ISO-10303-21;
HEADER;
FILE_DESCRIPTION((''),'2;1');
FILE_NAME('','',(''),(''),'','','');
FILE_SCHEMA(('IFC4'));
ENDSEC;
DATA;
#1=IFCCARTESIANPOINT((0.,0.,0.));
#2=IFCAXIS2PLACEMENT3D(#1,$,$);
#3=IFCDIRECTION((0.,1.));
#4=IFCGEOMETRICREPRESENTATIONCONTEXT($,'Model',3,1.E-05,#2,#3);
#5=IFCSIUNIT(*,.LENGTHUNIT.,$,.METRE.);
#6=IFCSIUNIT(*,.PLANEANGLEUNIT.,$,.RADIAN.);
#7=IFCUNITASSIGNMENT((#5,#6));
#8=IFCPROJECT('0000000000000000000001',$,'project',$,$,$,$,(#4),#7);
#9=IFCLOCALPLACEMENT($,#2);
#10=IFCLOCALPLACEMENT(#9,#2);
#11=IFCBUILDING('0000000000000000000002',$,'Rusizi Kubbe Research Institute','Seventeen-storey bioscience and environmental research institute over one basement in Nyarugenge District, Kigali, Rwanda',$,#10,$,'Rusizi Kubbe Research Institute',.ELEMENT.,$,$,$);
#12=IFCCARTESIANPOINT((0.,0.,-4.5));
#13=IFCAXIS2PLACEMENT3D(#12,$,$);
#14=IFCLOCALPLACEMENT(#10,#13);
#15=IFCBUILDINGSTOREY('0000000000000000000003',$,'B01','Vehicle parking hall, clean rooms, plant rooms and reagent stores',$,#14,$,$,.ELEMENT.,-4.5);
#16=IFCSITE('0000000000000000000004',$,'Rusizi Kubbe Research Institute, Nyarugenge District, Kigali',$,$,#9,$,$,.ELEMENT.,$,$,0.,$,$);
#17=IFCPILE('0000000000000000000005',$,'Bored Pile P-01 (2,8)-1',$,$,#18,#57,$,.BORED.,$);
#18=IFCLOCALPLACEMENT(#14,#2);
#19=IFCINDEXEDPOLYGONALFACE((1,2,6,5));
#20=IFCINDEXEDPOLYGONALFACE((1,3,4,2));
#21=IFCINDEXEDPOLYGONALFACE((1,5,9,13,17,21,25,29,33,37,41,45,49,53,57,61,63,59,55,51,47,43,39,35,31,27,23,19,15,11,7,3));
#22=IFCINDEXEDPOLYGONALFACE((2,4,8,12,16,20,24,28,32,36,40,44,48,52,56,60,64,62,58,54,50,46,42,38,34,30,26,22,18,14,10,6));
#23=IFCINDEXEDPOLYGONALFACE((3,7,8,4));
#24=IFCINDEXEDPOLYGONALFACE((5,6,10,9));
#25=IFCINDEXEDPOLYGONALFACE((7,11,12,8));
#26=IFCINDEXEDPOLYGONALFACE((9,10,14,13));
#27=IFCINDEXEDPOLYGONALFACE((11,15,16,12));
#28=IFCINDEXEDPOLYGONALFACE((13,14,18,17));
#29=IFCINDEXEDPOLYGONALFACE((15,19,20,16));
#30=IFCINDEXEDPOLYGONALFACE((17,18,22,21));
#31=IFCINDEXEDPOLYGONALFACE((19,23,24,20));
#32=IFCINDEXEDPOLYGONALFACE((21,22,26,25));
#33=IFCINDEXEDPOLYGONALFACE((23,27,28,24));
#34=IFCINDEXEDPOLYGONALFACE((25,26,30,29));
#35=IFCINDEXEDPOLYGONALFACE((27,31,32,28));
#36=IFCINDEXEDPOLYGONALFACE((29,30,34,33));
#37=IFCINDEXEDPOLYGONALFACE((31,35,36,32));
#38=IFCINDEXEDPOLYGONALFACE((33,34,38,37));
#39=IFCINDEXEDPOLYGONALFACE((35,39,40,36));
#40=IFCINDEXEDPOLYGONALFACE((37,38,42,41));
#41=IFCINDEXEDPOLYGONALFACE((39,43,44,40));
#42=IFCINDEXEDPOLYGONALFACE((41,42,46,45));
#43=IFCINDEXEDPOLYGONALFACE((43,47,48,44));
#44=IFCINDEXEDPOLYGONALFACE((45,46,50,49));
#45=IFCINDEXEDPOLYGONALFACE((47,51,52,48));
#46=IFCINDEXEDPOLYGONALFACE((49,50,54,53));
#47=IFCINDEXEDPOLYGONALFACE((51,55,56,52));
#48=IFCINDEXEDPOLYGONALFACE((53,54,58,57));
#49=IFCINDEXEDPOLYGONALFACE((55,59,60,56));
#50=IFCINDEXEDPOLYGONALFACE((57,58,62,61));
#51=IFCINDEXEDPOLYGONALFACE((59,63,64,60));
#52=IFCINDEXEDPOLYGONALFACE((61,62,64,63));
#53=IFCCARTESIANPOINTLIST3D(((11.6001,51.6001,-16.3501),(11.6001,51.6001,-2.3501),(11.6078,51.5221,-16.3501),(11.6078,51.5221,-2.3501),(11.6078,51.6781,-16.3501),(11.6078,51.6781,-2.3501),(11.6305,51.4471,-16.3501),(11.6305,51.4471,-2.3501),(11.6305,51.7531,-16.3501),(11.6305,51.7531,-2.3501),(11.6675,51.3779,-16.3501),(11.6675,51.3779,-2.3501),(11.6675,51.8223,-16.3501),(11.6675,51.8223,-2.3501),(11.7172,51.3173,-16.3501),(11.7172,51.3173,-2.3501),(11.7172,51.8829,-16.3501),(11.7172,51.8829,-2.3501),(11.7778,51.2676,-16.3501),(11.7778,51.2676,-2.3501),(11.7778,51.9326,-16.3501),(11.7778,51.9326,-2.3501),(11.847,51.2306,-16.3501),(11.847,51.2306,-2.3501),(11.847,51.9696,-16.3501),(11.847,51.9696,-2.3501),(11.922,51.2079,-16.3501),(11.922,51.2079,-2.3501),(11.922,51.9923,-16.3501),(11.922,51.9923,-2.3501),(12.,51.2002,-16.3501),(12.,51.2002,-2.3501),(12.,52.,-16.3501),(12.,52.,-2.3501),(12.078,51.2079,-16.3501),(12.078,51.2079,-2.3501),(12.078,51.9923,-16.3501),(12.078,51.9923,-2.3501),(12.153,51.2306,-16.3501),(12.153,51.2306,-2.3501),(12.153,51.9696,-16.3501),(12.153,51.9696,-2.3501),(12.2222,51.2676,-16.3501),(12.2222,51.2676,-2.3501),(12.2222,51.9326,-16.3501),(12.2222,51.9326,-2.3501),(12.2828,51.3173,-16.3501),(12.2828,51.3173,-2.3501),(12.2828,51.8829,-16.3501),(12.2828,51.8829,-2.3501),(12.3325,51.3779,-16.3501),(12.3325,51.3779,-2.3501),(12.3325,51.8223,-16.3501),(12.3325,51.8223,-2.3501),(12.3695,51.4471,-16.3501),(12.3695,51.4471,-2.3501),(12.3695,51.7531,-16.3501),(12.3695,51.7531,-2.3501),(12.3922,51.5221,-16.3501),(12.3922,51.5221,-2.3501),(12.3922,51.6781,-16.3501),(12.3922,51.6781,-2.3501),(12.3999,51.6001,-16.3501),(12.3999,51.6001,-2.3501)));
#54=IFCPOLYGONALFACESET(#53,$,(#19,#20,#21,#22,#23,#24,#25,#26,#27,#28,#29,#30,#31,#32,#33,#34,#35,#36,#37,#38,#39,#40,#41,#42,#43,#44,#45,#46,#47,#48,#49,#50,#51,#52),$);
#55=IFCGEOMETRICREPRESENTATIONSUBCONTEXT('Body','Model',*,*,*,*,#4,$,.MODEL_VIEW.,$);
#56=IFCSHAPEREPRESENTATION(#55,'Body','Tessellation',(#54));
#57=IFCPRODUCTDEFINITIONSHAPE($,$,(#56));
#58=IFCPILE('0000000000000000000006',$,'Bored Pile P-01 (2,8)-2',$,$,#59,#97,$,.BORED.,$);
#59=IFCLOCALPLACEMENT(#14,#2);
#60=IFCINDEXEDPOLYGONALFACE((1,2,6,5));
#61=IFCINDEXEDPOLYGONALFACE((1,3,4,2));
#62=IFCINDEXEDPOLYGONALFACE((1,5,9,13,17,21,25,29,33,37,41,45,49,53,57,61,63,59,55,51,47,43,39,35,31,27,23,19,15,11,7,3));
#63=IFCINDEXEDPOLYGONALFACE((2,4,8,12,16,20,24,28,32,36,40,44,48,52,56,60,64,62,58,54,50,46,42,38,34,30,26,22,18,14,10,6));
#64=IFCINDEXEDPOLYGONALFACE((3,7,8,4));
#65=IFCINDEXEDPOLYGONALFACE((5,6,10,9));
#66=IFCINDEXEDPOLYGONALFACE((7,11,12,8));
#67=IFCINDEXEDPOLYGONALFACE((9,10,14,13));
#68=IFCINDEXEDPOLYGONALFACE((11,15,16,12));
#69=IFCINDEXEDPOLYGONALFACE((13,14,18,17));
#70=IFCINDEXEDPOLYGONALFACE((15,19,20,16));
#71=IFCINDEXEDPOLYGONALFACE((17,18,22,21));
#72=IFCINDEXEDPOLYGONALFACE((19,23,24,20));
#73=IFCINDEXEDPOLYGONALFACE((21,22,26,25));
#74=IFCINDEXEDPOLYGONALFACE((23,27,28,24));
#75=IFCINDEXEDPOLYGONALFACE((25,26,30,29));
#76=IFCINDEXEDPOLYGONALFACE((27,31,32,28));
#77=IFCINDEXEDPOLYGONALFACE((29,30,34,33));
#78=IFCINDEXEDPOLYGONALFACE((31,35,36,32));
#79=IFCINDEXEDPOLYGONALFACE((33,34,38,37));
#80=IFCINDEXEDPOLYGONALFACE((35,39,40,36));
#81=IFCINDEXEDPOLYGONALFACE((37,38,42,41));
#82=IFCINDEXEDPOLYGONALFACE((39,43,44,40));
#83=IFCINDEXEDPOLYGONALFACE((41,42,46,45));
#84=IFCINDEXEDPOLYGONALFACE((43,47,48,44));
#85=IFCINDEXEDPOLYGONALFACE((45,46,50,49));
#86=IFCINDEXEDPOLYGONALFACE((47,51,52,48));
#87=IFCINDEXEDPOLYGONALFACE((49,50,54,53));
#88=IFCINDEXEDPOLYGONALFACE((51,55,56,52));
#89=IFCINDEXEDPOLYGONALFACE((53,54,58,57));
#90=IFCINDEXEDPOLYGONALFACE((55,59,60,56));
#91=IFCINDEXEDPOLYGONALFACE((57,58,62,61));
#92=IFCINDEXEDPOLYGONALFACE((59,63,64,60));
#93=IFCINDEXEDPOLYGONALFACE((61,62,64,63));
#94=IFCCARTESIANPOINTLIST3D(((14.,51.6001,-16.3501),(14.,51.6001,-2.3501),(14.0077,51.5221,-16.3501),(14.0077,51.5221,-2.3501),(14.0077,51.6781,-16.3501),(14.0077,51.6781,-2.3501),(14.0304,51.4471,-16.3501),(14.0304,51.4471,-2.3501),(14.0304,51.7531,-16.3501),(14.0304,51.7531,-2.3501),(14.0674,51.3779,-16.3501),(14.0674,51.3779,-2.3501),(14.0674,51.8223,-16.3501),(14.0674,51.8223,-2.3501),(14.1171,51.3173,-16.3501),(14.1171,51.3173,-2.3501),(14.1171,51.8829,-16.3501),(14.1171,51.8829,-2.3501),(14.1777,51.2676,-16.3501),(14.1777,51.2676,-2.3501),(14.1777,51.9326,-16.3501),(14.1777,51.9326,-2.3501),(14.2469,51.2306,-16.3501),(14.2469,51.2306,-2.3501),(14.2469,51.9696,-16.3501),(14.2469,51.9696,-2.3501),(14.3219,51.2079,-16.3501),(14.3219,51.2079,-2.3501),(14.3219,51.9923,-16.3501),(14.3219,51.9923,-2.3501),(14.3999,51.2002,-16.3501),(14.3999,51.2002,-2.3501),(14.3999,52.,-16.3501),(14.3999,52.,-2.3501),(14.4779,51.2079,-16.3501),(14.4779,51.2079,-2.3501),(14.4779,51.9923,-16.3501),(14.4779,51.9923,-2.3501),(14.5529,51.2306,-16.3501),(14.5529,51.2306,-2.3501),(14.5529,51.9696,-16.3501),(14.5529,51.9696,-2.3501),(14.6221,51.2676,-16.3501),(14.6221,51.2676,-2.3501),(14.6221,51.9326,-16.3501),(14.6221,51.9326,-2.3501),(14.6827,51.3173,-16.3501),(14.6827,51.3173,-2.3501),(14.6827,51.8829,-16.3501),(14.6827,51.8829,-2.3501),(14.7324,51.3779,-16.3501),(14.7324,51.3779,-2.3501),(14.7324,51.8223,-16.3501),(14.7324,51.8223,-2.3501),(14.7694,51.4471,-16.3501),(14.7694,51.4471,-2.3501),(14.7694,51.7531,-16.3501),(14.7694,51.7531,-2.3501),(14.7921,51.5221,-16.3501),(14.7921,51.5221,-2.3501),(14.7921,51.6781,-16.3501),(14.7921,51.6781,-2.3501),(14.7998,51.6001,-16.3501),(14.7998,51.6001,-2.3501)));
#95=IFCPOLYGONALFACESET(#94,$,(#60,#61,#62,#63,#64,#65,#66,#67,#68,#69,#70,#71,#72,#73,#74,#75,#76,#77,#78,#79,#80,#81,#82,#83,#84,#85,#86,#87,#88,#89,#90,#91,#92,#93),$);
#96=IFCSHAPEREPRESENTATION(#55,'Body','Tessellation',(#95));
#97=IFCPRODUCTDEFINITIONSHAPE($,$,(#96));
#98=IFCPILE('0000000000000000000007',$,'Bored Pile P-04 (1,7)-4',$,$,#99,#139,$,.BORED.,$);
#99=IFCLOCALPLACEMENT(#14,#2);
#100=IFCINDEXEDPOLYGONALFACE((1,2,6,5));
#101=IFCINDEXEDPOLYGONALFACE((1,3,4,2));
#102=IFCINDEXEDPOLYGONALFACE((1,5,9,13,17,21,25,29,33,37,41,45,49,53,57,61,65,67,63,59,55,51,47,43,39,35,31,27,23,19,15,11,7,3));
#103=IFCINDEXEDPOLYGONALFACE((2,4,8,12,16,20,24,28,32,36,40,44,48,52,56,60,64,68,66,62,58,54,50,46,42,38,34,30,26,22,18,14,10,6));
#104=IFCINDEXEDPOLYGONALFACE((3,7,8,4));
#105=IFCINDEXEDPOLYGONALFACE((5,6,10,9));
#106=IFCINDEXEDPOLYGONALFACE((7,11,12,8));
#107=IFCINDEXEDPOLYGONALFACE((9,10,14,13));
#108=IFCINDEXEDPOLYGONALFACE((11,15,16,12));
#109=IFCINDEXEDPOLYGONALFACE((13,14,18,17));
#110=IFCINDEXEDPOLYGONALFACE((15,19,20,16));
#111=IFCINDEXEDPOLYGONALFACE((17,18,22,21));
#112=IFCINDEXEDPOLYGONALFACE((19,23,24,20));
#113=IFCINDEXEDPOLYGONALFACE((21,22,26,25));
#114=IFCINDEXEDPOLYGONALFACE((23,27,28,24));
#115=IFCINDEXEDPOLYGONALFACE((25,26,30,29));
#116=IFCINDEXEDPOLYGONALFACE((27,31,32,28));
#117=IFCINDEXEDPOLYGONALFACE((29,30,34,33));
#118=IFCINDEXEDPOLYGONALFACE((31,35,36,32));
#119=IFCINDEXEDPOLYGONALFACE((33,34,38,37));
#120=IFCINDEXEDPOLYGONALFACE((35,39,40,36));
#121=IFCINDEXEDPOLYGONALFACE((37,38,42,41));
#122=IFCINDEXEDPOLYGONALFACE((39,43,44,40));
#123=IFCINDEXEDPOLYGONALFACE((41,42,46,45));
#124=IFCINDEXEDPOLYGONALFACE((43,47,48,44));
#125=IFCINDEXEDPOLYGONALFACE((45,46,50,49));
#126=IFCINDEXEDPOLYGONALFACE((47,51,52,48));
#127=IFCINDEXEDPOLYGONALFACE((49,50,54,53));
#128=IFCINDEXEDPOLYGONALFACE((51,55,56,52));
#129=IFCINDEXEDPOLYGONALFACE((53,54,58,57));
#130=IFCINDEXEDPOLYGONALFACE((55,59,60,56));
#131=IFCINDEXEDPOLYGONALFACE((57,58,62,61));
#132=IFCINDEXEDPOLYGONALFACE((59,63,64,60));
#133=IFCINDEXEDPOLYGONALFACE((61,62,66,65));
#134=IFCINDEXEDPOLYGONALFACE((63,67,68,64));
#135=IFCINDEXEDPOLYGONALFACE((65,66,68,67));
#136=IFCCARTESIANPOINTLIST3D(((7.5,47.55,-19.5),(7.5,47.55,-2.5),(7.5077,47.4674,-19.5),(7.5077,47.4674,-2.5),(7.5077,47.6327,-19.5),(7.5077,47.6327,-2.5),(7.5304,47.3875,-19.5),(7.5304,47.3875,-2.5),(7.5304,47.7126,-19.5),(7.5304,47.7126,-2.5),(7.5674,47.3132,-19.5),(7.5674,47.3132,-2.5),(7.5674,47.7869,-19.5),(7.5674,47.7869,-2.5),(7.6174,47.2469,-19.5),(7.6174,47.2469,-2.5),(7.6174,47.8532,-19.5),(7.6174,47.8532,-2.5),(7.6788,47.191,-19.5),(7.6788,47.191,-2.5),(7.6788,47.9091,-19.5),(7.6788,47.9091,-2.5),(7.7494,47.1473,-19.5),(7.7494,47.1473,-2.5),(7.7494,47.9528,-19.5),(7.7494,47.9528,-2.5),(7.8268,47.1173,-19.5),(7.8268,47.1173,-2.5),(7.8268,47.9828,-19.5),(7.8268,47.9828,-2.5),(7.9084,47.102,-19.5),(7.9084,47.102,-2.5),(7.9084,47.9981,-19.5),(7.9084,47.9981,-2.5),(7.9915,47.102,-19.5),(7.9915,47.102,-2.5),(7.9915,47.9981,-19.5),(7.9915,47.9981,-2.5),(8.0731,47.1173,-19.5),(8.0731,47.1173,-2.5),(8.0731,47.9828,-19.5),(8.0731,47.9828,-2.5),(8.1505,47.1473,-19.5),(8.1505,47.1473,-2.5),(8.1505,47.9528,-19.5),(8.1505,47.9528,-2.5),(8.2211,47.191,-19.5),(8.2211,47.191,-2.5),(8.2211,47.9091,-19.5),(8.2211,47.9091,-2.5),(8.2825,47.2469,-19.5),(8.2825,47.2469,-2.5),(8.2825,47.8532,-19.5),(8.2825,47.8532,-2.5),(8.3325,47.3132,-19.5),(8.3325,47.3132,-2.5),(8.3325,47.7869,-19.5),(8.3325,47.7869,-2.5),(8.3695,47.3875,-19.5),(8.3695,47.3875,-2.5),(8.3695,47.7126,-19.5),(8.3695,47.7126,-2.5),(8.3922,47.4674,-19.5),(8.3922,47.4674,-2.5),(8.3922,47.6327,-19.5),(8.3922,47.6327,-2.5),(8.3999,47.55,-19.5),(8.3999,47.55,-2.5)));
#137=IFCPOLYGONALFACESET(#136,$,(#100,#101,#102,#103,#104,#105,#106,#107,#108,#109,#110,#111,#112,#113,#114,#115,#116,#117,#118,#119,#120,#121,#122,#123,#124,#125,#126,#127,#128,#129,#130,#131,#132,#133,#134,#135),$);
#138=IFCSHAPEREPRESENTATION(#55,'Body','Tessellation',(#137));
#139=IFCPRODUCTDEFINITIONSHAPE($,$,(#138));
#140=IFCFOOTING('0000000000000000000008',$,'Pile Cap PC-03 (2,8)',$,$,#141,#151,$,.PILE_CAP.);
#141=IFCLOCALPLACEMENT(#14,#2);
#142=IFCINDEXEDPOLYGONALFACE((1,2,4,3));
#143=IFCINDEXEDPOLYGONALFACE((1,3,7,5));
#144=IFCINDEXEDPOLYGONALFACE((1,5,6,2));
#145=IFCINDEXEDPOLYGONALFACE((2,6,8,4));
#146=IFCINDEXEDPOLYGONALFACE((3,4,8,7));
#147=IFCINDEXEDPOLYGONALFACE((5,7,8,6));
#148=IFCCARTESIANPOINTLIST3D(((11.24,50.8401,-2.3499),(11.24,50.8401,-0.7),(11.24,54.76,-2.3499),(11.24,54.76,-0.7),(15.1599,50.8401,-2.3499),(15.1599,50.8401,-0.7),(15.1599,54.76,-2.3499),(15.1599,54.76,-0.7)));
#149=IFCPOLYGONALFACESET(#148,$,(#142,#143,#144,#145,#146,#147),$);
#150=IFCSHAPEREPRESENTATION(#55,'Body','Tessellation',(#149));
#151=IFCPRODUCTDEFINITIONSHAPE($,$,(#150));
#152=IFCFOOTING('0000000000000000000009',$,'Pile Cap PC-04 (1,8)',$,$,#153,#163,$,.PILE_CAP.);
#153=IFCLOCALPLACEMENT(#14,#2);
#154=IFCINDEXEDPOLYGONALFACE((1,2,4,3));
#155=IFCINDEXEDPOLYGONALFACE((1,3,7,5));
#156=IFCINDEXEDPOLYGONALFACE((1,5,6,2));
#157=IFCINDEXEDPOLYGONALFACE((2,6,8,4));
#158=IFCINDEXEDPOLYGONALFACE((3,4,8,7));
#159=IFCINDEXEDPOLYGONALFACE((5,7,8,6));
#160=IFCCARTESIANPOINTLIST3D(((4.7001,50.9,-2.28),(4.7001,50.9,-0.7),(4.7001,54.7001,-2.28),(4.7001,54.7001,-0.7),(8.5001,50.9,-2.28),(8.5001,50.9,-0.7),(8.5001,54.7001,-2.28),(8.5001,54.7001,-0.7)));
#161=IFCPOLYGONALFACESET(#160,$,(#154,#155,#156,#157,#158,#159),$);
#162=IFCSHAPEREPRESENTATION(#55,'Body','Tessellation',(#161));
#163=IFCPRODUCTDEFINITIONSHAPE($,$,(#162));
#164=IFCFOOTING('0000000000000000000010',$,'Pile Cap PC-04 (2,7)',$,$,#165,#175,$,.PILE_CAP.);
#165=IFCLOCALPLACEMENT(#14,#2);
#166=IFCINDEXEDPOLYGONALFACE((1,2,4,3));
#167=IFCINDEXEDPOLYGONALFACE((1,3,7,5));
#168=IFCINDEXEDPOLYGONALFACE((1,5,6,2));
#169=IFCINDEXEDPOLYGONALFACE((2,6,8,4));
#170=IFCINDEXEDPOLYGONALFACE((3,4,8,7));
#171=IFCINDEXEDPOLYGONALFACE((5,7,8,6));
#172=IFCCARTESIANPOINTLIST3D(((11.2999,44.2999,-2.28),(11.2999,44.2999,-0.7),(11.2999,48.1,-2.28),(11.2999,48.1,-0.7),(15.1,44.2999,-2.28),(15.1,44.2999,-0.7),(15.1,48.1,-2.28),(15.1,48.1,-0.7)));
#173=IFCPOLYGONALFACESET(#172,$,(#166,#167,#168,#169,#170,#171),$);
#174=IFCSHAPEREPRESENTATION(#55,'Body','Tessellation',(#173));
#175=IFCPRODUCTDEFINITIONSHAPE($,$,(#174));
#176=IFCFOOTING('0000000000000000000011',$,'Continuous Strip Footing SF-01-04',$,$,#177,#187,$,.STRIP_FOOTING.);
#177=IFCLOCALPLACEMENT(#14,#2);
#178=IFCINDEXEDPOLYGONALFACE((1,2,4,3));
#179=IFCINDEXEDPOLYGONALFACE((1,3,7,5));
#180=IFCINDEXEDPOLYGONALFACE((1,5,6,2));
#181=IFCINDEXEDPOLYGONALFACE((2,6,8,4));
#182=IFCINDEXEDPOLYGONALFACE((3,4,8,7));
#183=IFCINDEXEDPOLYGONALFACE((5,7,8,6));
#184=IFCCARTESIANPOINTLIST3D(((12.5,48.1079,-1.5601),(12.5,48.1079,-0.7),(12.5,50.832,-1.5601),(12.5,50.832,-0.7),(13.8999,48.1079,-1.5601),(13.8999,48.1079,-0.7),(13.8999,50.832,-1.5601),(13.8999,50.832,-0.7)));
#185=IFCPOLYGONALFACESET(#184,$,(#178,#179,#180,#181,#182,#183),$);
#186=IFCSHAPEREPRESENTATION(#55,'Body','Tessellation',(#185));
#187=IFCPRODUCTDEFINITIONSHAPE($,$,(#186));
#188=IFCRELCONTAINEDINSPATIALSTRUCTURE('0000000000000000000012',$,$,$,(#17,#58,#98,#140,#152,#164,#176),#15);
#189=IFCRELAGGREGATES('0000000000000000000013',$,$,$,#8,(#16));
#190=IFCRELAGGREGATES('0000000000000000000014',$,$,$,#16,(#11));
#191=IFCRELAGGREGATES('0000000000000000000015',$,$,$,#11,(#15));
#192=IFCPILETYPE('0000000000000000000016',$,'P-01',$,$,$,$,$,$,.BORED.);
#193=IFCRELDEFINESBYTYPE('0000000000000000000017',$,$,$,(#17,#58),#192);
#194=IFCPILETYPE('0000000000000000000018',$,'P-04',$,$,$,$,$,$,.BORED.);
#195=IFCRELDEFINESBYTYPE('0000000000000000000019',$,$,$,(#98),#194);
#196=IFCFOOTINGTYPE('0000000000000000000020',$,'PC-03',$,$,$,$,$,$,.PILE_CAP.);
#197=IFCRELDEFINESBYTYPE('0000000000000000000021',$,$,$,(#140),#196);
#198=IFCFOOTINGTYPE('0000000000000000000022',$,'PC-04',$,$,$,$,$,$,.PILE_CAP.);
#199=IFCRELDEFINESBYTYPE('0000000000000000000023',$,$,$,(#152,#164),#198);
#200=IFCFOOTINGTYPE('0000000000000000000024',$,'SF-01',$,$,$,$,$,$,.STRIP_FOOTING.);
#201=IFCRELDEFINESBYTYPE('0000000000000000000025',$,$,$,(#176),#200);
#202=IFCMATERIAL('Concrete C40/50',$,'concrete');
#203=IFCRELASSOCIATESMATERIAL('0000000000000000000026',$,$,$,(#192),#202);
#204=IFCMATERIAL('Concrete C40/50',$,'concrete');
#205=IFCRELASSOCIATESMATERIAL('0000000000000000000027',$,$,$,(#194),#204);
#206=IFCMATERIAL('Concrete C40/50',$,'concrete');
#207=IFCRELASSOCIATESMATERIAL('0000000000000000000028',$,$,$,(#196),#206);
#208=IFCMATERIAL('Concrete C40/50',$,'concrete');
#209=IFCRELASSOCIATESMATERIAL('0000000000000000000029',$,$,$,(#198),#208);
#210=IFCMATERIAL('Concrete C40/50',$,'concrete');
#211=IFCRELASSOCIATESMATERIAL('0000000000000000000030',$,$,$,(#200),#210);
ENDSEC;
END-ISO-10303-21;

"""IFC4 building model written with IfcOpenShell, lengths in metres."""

from ifc_helpers import new_model, si_unit, direction, frame, origin, origin_2d, place, context, subcontext, project, spatial, rectangle, circle, extrude, material, material_profile, profile_set, type_object, element, save


model = new_model("IFC4")

# Units and contexts
model_context = context("Model", 3, precision=1e-05, world=origin(), true_north=direction((0.0, 1.0)))
body_context = subcontext(model_context, "Body", "Model", "MODEL_VIEW")
ifc_project = project(units=[si_unit("LENGTHUNIT", "METRE"), si_unit("PLANEANGLEUNIT", "RADIAN")], contexts=[model_context])

# Site, building, storey
site_placement = place(None, origin())
site = spatial("IfcSite", under=ifc_project, at=site_placement, Name="Rusizi Kubbe Research Institute, Nyarugenge District, Kigali", CompositionType="ELEMENT", RefElevation=0.0)
building_placement = place(site_placement, origin())
building = spatial("IfcBuilding", under=site, at=building_placement, Name="Rusizi Kubbe Research Institute", Description="Seventeen-storey bioscience and environmental research institute over one basement in Nyarugenge District, Kigali, Rwanda", LongName="Rusizi Kubbe Research Institute", CompositionType="ELEMENT")
storey_placement = place(building_placement, frame((0.0, 0.0, -4.5)))
storey = spatial("IfcBuildingStorey", under=building, at=storey_placement, Name="B01", Description="Vehicle parking hall, clean rooms, plant rooms and reagent stores", CompositionType="ELEMENT", Elevation=-4.5)

# Piles
ifc_material_1 = material(Name="Concrete C40/50", Category="concrete")
ifc_material_profile_1 = material_profile(ifc_material_1, circle(Radius=0.3999, at=origin_2d()), Name="PILE-D800")
ifc_profile_set_1 = profile_set([ifc_material_profile_1], Name="Concrete C40/50")
pile_type_1 = type_object("IfcPileType", Name="P-01", PredefinedType="BORED", material=ifc_profile_set_1)
for number, where, z_axis, x_axis, name in (
    (1, (12.0, 51.6001, -2.3501), (0.0, 0.0, -1.0), (1.0, 0.0, 0.0), "Bored Pile P-01 (2,8)-1"),
    (2, (14.3999, 51.6001, -2.3501), (0.0, 0.0, -1.0), (1.0, 0.0, 0.0), "Bored Pile P-01 (2,8)-2"),
):
    element("IfcPile", number, at=place(storey_placement, frame(where, z_axis=z_axis, x_axis=x_axis)), inside=storey, type_object=pile_type_1, Name=name, PredefinedType="BORED", context=body_context, shape_type="SweptSolid", body=[
        extrude(circle(Radius=0.3999, at=origin_2d()), origin(), (0.0, 0.0, 1.0), 14.0),
    ])
ifc_material_2 = material(Name="Concrete C40/50", Category="concrete")
ifc_material_profile_2 = material_profile(ifc_material_2, circle(Radius=0.45, at=origin_2d()), Name="PILE-D900")
ifc_profile_set_2 = profile_set([ifc_material_profile_2], Name="Concrete C40/50")
pile_type_2 = type_object("IfcPileType", Name="P-04", PredefinedType="BORED", material=ifc_profile_set_2)
pile_placement = place(storey_placement, frame((7.95, 47.55, -2.5), z_axis=(0.0, 0.0, -1.0), x_axis=(1.0, 0.0, 0.0)))
element("IfcPile", 3, at=pile_placement, inside=storey, type_object=pile_type_2, Name="Bored Pile P-04 (1,7)-4", PredefinedType="BORED", context=body_context, shape_type="SweptSolid", body=[
    extrude(circle(Radius=0.45, at=origin_2d()), origin(), (0.0, 0.0, 1.0), 17.0),
])

# Footings
ifc_material_3 = material(Name="Concrete C40/50", Category="concrete")
footing_type_1 = type_object("IfcFootingType", Name="PC-03", PredefinedType="PILE_CAP", material=ifc_material_3)
footing_1_placement = place(storey_placement, frame((13.2, 52.8, -2.3499), z_axis=(0.0, 0.0, 1.0), x_axis=(1.0, 0.0, 0.0)))
element("IfcFooting", 4, at=footing_1_placement, inside=storey, type_object=footing_type_1, Name="Pile Cap PC-03 (2,8)", PredefinedType="PILE_CAP", context=body_context, shape_type="SweptSolid", body=[
    extrude(rectangle(XDim=3.9199, YDim=3.9199, at=origin_2d()), origin(), (0.0, 0.0, 1.0), 1.6499),
])
ifc_material_4 = material(Name="Concrete C40/50", Category="concrete")
footing_type_2 = type_object("IfcFootingType", Name="PC-04", PredefinedType="PILE_CAP", material=ifc_material_4)
for number, where, z_axis, x_axis, name in (
    (5, (6.6001, 52.8, -2.28), (0.0, 0.0, 1.0), (1.0, 0.0, 0.0), "Pile Cap PC-04 (1,8)"),
    (6, (13.2, 46.2, -2.28), (0.0, 0.0, 1.0), (1.0, 0.0, 0.0), "Pile Cap PC-04 (2,7)"),
):
    element("IfcFooting", number, at=place(storey_placement, frame(where, z_axis=z_axis, x_axis=x_axis)), inside=storey, type_object=footing_type_2, Name=name, PredefinedType="PILE_CAP", context=body_context, shape_type="SweptSolid", body=[
        extrude(rectangle(XDim=3.8, YDim=3.8, at=origin_2d()), origin(), (0.0, 0.0, 1.0), 1.5801),
    ])
ifc_material_5 = material(Name="Concrete C40/50", Category="concrete")
footing_type_3 = type_object("IfcFootingType", Name="SF-01", PredefinedType="STRIP_FOOTING", material=ifc_material_5)
footing_2_placement = place(storey_placement, frame((13.2, 49.47, -1.5601), z_axis=(0.0, 0.0, 1.0), x_axis=(0.0, 1.0, 0.0)))
element("IfcFooting", 7, at=footing_2_placement, inside=storey, type_object=footing_type_3, Name="Continuous Strip Footing SF-01-04", PredefinedType="STRIP_FOOTING", context=body_context, shape_type="SweptSolid", body=[
    extrude(rectangle(XDim=2.7241, YDim=1.3999, at=origin_2d()), origin(), (0.0, 0.0, 1.0), 0.8601),
])

save(model, "model.ifc")
